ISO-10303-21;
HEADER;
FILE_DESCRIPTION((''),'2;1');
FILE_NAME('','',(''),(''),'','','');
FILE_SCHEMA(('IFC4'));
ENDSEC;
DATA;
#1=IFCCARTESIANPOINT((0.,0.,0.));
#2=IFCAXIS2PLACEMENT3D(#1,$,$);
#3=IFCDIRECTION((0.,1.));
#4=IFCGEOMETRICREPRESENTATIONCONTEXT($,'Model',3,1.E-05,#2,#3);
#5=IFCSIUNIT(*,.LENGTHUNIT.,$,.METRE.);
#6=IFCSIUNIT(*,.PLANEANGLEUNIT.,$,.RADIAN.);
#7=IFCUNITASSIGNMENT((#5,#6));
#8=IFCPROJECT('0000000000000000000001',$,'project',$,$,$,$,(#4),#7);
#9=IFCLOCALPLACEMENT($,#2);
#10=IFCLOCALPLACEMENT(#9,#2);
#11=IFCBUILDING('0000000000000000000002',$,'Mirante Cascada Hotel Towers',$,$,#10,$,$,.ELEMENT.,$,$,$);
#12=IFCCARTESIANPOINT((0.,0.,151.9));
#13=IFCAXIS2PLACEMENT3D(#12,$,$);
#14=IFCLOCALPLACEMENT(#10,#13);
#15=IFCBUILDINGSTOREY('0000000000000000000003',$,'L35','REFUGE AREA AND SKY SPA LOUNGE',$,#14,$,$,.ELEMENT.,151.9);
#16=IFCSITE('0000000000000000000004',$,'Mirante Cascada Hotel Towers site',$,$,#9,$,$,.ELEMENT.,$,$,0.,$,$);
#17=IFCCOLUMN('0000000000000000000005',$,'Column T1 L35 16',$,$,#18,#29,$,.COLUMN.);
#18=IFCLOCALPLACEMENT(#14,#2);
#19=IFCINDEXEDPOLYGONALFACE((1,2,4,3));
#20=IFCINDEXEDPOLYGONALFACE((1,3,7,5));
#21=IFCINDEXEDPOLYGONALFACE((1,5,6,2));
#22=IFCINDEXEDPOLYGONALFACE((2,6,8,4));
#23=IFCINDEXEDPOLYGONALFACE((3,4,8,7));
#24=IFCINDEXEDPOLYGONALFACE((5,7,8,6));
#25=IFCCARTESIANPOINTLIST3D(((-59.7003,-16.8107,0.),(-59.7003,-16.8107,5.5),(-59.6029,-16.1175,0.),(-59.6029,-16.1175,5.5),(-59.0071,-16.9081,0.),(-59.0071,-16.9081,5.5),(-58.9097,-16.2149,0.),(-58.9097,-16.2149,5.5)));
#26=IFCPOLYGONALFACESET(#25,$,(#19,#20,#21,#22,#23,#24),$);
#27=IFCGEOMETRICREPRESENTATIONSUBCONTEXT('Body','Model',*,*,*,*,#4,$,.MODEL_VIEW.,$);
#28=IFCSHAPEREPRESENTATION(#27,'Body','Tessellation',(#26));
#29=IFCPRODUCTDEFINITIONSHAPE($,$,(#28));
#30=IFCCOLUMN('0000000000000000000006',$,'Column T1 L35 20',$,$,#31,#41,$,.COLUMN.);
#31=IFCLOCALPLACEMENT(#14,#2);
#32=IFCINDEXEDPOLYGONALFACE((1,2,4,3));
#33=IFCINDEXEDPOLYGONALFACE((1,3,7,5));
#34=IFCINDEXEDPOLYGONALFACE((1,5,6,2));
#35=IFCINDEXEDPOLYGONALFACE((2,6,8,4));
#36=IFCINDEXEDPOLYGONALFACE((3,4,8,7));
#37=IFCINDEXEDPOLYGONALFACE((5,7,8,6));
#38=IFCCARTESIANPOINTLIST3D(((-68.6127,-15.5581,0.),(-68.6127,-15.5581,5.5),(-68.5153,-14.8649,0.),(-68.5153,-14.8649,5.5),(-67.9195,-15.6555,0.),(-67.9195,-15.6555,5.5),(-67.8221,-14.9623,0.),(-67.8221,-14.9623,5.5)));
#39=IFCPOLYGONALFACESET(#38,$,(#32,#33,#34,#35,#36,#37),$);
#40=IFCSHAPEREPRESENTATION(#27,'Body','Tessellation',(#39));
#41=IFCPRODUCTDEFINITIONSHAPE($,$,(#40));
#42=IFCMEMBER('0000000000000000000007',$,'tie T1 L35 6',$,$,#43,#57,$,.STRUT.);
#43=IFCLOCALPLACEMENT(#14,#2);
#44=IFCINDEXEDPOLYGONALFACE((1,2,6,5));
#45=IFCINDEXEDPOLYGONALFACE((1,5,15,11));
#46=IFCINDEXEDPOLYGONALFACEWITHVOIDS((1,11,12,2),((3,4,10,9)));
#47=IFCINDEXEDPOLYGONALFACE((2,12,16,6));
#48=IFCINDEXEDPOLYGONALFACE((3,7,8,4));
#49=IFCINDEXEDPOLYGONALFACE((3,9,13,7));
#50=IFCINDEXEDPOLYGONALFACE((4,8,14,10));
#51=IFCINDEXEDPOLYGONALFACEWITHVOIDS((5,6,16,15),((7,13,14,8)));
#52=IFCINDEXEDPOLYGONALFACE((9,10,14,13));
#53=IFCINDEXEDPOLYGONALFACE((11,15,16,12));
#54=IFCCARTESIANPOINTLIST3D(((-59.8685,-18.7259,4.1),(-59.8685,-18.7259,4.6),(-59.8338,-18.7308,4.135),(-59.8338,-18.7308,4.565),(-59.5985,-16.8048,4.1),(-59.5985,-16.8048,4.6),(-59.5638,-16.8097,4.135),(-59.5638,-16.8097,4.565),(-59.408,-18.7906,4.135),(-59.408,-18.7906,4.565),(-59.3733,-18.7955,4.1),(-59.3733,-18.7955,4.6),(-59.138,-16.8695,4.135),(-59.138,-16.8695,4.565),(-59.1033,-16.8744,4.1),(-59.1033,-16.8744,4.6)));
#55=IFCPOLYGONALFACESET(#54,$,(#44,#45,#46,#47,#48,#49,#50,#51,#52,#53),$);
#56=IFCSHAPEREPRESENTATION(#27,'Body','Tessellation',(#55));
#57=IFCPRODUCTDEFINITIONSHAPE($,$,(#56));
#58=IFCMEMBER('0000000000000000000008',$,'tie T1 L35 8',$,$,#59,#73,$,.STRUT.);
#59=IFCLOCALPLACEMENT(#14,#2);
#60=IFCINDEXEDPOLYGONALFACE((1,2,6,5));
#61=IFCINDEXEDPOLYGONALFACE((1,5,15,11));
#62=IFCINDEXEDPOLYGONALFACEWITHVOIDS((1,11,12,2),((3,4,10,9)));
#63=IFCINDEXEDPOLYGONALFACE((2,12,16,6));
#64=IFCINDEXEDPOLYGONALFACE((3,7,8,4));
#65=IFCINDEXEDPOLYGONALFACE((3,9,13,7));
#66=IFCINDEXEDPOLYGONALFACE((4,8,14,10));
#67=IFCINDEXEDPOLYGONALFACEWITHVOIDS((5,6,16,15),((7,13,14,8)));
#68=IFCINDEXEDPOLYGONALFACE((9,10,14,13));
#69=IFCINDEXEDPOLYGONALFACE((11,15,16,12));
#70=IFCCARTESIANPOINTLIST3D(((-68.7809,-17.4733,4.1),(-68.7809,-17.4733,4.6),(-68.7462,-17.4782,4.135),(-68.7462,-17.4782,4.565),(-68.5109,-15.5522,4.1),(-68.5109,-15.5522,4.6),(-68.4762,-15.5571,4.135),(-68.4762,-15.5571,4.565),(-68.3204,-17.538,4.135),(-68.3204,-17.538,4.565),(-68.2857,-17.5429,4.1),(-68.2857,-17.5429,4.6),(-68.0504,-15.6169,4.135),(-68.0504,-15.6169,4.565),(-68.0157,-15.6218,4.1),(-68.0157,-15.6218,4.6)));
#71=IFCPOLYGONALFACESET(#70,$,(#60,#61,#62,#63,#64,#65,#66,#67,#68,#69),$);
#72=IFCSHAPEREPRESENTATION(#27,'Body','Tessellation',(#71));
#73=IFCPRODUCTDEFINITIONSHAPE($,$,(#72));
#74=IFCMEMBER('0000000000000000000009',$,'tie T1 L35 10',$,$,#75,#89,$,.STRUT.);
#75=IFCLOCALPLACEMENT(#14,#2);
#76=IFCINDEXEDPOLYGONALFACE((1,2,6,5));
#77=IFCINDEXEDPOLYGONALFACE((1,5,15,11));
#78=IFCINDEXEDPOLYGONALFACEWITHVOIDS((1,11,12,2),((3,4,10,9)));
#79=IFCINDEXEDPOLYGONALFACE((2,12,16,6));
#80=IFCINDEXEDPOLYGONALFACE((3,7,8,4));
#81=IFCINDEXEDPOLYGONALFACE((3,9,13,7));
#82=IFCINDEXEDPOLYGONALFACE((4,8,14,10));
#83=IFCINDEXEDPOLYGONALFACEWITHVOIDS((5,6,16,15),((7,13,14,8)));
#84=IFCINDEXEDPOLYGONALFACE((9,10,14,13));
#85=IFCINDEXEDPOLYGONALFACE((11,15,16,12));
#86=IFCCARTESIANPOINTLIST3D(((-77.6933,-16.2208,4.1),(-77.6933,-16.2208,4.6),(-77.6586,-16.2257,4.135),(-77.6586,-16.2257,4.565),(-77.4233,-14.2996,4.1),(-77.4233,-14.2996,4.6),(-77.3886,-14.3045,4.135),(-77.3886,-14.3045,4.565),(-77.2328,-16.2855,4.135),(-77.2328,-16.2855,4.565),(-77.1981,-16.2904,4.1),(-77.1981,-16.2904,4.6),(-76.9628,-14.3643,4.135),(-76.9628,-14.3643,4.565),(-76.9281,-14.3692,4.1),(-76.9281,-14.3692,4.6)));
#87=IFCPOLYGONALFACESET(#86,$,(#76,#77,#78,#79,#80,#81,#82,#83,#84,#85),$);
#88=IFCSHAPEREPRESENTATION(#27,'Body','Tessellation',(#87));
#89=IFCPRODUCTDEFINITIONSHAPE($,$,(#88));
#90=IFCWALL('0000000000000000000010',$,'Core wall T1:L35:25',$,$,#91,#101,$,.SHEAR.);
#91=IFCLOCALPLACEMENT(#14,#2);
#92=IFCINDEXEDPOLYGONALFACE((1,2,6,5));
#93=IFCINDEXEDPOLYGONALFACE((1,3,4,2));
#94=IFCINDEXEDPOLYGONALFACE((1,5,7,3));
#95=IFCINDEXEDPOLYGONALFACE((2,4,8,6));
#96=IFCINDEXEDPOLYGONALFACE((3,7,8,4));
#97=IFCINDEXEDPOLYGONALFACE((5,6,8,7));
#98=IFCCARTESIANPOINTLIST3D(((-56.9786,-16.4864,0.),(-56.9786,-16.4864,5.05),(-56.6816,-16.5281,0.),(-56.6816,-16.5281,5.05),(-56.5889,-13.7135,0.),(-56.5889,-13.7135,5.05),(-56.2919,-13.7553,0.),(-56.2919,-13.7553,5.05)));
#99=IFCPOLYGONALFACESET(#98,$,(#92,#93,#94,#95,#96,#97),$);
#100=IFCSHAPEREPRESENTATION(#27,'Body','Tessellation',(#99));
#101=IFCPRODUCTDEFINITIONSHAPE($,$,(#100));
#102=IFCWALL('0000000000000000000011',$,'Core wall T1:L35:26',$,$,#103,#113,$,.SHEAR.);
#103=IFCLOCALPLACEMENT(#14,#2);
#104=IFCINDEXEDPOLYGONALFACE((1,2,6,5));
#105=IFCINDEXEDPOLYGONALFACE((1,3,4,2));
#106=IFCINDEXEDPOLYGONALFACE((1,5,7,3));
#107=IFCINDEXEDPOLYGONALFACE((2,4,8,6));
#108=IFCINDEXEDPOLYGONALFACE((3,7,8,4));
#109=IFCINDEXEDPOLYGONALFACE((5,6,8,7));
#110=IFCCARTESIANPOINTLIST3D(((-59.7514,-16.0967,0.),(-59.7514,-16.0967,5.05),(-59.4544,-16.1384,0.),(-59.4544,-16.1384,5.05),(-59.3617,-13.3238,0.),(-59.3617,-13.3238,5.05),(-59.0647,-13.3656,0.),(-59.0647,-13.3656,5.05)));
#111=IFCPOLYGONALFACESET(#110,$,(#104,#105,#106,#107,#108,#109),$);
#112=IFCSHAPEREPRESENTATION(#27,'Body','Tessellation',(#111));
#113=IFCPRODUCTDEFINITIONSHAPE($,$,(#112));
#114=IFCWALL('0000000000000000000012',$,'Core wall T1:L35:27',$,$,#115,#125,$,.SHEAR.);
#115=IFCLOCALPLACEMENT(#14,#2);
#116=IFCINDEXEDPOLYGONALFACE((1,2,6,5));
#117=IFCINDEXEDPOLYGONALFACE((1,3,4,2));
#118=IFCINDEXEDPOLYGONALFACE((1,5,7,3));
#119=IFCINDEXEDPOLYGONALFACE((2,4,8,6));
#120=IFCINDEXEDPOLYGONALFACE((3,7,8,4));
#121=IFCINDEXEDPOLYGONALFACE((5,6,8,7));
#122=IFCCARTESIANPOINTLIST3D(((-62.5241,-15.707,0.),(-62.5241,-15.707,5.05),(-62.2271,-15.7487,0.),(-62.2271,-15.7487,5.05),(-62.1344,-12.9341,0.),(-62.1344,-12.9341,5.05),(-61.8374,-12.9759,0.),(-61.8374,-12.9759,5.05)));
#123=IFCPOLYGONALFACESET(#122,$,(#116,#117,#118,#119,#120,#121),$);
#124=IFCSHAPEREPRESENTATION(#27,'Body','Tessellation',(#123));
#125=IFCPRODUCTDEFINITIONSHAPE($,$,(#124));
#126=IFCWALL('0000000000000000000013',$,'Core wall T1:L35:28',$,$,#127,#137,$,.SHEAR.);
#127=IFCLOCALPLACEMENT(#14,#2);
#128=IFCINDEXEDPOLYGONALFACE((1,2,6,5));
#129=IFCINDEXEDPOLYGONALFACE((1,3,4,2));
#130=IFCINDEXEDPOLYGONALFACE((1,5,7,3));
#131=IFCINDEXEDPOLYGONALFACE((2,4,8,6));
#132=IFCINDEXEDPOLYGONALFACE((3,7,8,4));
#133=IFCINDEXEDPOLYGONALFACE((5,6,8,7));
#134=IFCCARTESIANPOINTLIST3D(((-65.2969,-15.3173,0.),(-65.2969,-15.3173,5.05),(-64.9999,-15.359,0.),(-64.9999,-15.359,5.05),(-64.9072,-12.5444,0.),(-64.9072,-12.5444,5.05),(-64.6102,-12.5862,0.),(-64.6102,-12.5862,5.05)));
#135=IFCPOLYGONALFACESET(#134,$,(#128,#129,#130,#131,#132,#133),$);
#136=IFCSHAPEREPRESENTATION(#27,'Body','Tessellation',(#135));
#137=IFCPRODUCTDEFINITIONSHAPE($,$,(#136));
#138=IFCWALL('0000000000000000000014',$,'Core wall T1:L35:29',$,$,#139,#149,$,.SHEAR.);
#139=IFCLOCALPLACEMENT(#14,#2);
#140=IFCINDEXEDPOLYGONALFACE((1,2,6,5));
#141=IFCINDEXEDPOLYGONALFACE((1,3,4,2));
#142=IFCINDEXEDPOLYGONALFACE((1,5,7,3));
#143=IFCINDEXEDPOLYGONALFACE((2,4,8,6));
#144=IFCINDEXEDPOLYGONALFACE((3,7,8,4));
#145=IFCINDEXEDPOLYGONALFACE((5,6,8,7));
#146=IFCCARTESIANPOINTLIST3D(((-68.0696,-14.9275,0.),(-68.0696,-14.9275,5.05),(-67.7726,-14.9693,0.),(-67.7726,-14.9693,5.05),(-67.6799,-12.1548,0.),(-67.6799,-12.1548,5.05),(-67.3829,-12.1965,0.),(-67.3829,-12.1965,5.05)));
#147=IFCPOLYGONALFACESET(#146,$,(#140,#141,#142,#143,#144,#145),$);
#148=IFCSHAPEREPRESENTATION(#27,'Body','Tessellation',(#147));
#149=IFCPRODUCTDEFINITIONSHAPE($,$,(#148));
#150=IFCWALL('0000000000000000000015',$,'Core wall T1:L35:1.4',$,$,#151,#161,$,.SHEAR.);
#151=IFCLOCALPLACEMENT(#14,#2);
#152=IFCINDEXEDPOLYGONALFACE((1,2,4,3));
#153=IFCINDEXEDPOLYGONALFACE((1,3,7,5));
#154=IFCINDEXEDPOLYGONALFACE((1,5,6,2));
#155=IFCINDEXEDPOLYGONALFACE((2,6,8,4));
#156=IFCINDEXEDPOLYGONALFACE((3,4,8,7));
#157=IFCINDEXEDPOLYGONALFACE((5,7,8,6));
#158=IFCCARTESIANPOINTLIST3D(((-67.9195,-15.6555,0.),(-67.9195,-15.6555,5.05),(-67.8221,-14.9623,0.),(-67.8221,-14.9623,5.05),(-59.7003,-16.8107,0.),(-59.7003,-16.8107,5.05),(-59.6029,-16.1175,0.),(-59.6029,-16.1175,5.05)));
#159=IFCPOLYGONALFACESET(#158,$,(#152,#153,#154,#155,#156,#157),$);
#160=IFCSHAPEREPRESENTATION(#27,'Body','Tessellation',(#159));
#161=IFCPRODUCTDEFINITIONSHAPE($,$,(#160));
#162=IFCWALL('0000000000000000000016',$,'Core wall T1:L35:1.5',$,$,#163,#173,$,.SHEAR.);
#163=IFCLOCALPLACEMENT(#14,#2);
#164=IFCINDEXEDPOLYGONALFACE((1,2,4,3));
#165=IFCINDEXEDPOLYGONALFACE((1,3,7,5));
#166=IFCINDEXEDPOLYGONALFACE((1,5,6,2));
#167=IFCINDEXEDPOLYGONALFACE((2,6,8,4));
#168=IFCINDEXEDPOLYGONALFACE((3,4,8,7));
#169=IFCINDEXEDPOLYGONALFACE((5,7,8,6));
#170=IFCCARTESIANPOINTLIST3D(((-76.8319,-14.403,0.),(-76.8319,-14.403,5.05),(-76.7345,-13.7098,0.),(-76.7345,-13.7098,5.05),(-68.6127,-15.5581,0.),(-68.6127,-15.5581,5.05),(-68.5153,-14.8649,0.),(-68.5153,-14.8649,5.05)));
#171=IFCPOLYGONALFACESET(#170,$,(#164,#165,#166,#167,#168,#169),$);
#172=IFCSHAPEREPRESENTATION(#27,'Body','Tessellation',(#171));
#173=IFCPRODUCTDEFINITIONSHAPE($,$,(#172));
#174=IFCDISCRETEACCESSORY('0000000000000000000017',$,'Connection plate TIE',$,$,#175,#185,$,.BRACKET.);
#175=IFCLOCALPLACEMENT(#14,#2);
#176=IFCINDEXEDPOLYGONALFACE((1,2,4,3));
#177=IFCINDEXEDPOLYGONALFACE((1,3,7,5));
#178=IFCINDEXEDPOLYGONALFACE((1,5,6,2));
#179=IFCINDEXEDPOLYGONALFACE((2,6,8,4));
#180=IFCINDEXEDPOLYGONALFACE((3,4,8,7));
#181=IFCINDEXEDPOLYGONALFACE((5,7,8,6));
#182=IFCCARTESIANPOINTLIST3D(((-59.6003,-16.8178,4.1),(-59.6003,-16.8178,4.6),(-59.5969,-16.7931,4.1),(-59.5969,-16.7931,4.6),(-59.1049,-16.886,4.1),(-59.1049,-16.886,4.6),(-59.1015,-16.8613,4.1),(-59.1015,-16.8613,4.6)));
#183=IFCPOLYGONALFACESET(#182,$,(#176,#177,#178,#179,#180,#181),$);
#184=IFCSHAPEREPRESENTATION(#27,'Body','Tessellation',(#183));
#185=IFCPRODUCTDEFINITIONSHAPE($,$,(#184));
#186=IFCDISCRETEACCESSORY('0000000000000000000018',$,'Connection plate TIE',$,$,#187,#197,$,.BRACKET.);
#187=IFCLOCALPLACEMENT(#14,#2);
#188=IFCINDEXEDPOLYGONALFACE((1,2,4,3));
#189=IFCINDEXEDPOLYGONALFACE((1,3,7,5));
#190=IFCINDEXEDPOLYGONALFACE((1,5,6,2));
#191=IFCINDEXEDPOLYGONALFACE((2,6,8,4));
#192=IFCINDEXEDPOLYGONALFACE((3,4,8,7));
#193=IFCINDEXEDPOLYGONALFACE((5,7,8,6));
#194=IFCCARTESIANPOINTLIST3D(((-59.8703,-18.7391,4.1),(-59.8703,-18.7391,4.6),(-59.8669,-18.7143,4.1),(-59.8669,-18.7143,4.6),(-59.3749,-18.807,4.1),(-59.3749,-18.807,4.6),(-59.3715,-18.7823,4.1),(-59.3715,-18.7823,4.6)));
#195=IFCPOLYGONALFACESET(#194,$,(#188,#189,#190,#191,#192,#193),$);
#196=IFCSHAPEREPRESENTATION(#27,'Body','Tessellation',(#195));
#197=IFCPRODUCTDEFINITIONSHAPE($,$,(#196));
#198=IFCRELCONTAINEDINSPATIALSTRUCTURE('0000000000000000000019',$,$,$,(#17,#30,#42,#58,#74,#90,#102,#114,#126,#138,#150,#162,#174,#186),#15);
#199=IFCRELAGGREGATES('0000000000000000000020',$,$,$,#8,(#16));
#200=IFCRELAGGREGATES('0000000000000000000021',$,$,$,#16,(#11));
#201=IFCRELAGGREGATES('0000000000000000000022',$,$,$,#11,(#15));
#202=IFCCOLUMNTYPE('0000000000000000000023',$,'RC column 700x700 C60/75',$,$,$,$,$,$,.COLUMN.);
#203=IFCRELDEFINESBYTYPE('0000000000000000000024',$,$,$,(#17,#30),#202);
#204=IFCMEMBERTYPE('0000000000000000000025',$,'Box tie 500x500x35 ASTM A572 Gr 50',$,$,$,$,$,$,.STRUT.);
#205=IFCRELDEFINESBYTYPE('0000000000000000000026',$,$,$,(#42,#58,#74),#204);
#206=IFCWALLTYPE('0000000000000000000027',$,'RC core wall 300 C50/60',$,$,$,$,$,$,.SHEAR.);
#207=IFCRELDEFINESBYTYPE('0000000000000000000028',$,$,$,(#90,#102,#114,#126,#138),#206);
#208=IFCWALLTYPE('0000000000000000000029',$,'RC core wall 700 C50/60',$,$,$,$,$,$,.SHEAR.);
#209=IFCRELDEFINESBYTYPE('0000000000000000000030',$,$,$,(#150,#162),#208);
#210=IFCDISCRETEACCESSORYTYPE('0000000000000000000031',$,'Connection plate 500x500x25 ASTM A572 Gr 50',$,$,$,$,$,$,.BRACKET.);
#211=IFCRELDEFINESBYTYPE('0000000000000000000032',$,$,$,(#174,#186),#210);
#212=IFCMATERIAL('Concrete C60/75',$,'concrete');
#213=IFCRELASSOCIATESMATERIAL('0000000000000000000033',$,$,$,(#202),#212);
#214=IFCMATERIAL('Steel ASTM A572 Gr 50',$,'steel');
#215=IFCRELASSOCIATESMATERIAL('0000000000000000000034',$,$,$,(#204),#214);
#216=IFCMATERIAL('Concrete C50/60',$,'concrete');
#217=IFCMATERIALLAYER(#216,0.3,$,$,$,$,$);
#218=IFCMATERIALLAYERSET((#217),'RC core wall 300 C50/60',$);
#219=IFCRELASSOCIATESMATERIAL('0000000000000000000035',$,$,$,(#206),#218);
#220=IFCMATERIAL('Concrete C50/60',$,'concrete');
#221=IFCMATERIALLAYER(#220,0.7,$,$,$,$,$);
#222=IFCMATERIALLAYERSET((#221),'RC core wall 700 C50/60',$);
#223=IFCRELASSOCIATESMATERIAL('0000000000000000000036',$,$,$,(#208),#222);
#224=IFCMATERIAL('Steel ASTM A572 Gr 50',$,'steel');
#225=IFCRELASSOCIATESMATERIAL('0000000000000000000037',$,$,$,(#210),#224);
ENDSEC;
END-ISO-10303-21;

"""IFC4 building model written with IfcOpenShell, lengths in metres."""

from ifc_helpers import new_model, si_unit, direction, frame, frame_2d, origin, origin_2d, place, context, subcontext, project, spatial, rectangle, hollow_rectangle, extrude, material, layer, layer_set, material_profile, profile_set, type_object, element, save


model = new_model("IFC4")

# Units and contexts
model_context = context("Model", 3, precision=1e-05, world=origin(), true_north=direction((0.0, 1.0)))
body_context = subcontext(model_context, "Body", "Model", "MODEL_VIEW")
ifc_project = project(units=[si_unit("LENGTHUNIT", "METRE"), si_unit("PLANEANGLEUNIT", "RADIAN")], contexts=[model_context])

# Site, building, storey
site_placement = place(None, origin())
site = spatial("IfcSite", under=ifc_project, at=site_placement, Name="Mirante Cascada Hotel Towers site", CompositionType="ELEMENT", RefElevation=0.0)
building_placement = place(site_placement, origin())
building = spatial("IfcBuilding", under=site, at=building_placement, Name="Mirante Cascada Hotel Towers", CompositionType="ELEMENT")
storey_placement = place(building_placement, frame((0.0, 0.0, 151.9)))
storey = spatial("IfcBuildingStorey", under=building, at=storey_placement, Name="L35", Description="REFUGE AREA AND SKY SPA LOUNGE", CompositionType="ELEMENT", Elevation=151.9)

# Columns
ifc_material_1 = material(Name="Concrete C60/75", Category="concrete")
ifc_material_profile_1 = material_profile(ifc_material_1, rectangle(XDim=0.7, YDim=0.7, at=origin_2d()), Name="RC column 700x700 C60/75")
ifc_profile_set_1 = profile_set([ifc_material_profile_1], Name="Concrete C60/75")
column_type = type_object("IfcColumnType", Name="RC column 700x700 C60/75", PredefinedType="COLUMN", material=ifc_profile_set_1)
for number, where, z_axis, x_axis, name in (
    (1, (-59.305, -16.5128, 0.0), (0.0, 0.0, 1.0), (-0.990268, 0.139173, 0.0), "Column T1 L35 16"),
    (2, (-68.2174, -15.2602, 0.0), (0.0, 0.0, 1.0), (-0.990268, 0.139173, 0.0), "Column T1 L35 20"),
):
    element("IfcColumn", number, at=place(storey_placement, frame(where, z_axis=z_axis, x_axis=x_axis)), inside=storey, type_object=column_type, Name=name, PredefinedType="COLUMN", context=body_context, shape_type="SweptSolid", body=[
        extrude(rectangle(XDim=0.7, YDim=0.7, at=origin_2d()), origin(), (0.0, 0.0, 1.0), 5.5),
    ])

# Members
ifc_material_2 = material(Name="Steel ASTM A572 Gr 50", Category="steel")
ifc_material_profile_2 = material_profile(ifc_material_2, hollow_rectangle(XDim=0.5, YDim=0.5, WallThickness=0.035, at=origin_2d()), Name="Box tie 500x500x35 ASTM A572 Gr 50")
ifc_profile_set_2 = profile_set([ifc_material_profile_2], Name="Steel ASTM A572 Gr 50")
member_type = type_object("IfcMemberType", Name="Box tie 500x500x35 ASTM A572 Gr 50", PredefinedType="STRUT", material=ifc_profile_set_2)
for number, where, z_axis, x_axis, name in (
    (3, (-59.3509, -16.8396, 4.35), (-0.139177, -0.990268, 0.0), (0.990268, -0.139177, 0.0), "tie T1 L35 6"),
    (4, (-68.2633, -15.587, 4.35), (-0.139177, -0.990268, 0.0), (0.990268, -0.139177, 0.0), "tie T1 L35 8"),
):
    element("IfcMember", number, at=place(storey_placement, frame(where, z_axis=z_axis, x_axis=x_axis)), inside=storey, type_object=member_type, Name=name, PredefinedType="STRUT", context=body_context, shape_type="SweptSolid", body=[
        extrude(hollow_rectangle(XDim=0.5, YDim=0.5, WallThickness=0.035, at=origin_2d()), origin(), (0.0, 0.0, 1.0), 1.94),
    ])
member_placement = place(storey_placement, frame((-77.1757, -14.3344, 4.35), z_axis=(-0.13917, -0.990269, 0.0), x_axis=(0.990269, -0.13917, 0.0)))
element("IfcMember", 5, at=member_placement, inside=storey, type_object=member_type, Name="tie T1 L35 10", PredefinedType="STRUT", context=body_context, shape_type="SweptSolid", body=[
    extrude(hollow_rectangle(XDim=0.5, YDim=0.5, WallThickness=0.035, at=origin_2d()), origin(), (0.0, 0.0, 1.0), 1.9401),
])

# Walls
ifc_material_3 = material(Name="Concrete C50/60", Category="concrete")
ifc_layer_1 = layer(ifc_material_3, 0.3)
ifc_layer_set_1 = layer_set([ifc_layer_1], Name="RC core wall 300 C50/60")
wall_type_1 = type_object("IfcWallType", Name="RC core wall 300 C50/60", PredefinedType="SHEAR", material=ifc_layer_set_1)
for number, where, z_axis, x_axis, name in (
    (6, (-56.8301, -16.5072, 0.0), (0.0, 0.0, 1.0), (0.139176, 0.990268, 0.0), "Core wall T1:L35:25"),
    (7, (-59.6029, -16.1175, 0.0), (0.0, 0.0, 1.0), (0.139176, 0.990268, 0.0), "Core wall T1:L35:26"),
    (8, (-62.3756, -15.7278, 0.0), (0.0, 0.0, 1.0), (0.139176, 0.990268, 0.0), "Core wall T1:L35:27"),
    (9, (-65.1484, -15.3381, 0.0), (0.0, 0.0, 1.0), (0.139176, 0.990268, 0.0), "Core wall T1:L35:28"),
):
    element("IfcWall", number, at=place(storey_placement, frame(where, z_axis=z_axis, x_axis=x_axis)), inside=storey, type_object=wall_type_1, Name=name, PredefinedType="SHEAR", context=body_context, shape_type="SweptSolid", body=[
        extrude(rectangle(XDim=2.8001, YDim=0.3, at=frame_2d((1.4, 0.0))), origin(), (0.0, 0.0, 1.0), 5.05),
    ])
wall_placement = place(storey_placement, frame((-67.9211, -14.9484, 0.0), z_axis=(0.0, 0.0, 1.0), x_axis=(0.139181, 0.990267, 0.0)))
element("IfcWall", 10, at=wall_placement, inside=storey, type_object=wall_type_1, Name="Core wall T1:L35:29", PredefinedType="SHEAR", context=body_context, shape_type="SweptSolid", body=[
    extrude(rectangle(XDim=2.8, YDim=0.3, at=frame_2d((1.4, 0.0))), origin(), (0.0, 0.0, 1.0), 5.05),
])
ifc_material_4 = material(Name="Concrete C50/60", Category="concrete")
ifc_layer_2 = layer(ifc_material_4, 0.7)
ifc_layer_set_2 = layer_set([ifc_layer_2], Name="RC core wall 700 C50/60")
wall_type_2 = type_object("IfcWallType", Name="RC core wall 700 C50/60", PredefinedType="SHEAR", material=ifc_layer_set_2)
for number, where, z_axis, x_axis, name in (
    (11, (-59.6516, -16.4641, 0.0), (0.0, 0.0, 1.0), (-0.990267, 0.139181, 0.0), "Core wall T1:L35:1.4"),
    (12, (-68.564, -15.2115, 0.0), (0.0, 0.0, 1.0), (-0.990269, 0.139169, 0.0), "Core wall T1:L35:1.5"),
):
    element("IfcWall", number, at=place(storey_placement, frame(where, z_axis=z_axis, x_axis=x_axis)), inside=storey, type_object=wall_type_2, Name=name, PredefinedType="SHEAR", context=body_context, shape_type="SweptSolid", body=[
        extrude(rectangle(XDim=8.3, YDim=0.7, at=frame_2d((4.15, 0.0))), origin(), (0.0, 0.0, 1.0), 5.05),
    ])

# Discrete accessories
ifc_material_5 = material(Name="Steel ASTM A572 Gr 50", Category="steel")
ifc_material_profile_3 = material_profile(ifc_material_5, rectangle(XDim=0.5, YDim=0.5, at=origin_2d()), Name="Connection plate 500x500x25 ASTM A572 Gr 50")
ifc_profile_set_3 = profile_set([ifc_material_profile_3], Name="Steel ASTM A572 Gr 50")
discrete_accessory_type_1 = type_object("IfcDiscreteAccessoryType", Name="Connection plate 500x500x25 ASTM A572 Gr 50", PredefinedType="BRACKET", material=ifc_profile_set_3)
discrete_accessory_1_placement = place(storey_placement, frame((-59.3492, -16.8272, 4.35), z_axis=(-0.136366, -0.990658, 0.0), x_axis=(0.990658, -0.136366, 0.0)))
element("IfcDiscreteAccessory", 13, at=discrete_accessory_1_placement, inside=storey, type_object=discrete_accessory_type_1, Name="Connection plate TIE", PredefinedType="BRACKET", context=body_context, shape_type="SweptSolid", body=[
    extrude(rectangle(XDim=0.5, YDim=0.5, at=origin_2d()), origin(), (0.0, 0.0, 1.0), 0.0249),
])
for number, where, z_axis, x_axis, name in (
    (14, (-59.6192, -18.7483, 4.35), (-0.135826, -0.990733, 0.0), (0.990733, -0.135826, 0.0), "Connection plate TIE"),
):
    element("IfcDiscreteAccessory", number, at=place(storey_placement, frame(where, z_axis=z_axis, x_axis=x_axis)), inside=storey, type_object=discrete_accessory_type_1, Name=name, PredefinedType="BRACKET", context=body_context, shape_type="SweptSolid", body=[
        extrude(rectangle(XDim=0.5, YDim=0.5, at=origin_2d()), origin(), (0.0, 0.0, 1.0), 0.025),
    ])

save(model, "model.ifc")
